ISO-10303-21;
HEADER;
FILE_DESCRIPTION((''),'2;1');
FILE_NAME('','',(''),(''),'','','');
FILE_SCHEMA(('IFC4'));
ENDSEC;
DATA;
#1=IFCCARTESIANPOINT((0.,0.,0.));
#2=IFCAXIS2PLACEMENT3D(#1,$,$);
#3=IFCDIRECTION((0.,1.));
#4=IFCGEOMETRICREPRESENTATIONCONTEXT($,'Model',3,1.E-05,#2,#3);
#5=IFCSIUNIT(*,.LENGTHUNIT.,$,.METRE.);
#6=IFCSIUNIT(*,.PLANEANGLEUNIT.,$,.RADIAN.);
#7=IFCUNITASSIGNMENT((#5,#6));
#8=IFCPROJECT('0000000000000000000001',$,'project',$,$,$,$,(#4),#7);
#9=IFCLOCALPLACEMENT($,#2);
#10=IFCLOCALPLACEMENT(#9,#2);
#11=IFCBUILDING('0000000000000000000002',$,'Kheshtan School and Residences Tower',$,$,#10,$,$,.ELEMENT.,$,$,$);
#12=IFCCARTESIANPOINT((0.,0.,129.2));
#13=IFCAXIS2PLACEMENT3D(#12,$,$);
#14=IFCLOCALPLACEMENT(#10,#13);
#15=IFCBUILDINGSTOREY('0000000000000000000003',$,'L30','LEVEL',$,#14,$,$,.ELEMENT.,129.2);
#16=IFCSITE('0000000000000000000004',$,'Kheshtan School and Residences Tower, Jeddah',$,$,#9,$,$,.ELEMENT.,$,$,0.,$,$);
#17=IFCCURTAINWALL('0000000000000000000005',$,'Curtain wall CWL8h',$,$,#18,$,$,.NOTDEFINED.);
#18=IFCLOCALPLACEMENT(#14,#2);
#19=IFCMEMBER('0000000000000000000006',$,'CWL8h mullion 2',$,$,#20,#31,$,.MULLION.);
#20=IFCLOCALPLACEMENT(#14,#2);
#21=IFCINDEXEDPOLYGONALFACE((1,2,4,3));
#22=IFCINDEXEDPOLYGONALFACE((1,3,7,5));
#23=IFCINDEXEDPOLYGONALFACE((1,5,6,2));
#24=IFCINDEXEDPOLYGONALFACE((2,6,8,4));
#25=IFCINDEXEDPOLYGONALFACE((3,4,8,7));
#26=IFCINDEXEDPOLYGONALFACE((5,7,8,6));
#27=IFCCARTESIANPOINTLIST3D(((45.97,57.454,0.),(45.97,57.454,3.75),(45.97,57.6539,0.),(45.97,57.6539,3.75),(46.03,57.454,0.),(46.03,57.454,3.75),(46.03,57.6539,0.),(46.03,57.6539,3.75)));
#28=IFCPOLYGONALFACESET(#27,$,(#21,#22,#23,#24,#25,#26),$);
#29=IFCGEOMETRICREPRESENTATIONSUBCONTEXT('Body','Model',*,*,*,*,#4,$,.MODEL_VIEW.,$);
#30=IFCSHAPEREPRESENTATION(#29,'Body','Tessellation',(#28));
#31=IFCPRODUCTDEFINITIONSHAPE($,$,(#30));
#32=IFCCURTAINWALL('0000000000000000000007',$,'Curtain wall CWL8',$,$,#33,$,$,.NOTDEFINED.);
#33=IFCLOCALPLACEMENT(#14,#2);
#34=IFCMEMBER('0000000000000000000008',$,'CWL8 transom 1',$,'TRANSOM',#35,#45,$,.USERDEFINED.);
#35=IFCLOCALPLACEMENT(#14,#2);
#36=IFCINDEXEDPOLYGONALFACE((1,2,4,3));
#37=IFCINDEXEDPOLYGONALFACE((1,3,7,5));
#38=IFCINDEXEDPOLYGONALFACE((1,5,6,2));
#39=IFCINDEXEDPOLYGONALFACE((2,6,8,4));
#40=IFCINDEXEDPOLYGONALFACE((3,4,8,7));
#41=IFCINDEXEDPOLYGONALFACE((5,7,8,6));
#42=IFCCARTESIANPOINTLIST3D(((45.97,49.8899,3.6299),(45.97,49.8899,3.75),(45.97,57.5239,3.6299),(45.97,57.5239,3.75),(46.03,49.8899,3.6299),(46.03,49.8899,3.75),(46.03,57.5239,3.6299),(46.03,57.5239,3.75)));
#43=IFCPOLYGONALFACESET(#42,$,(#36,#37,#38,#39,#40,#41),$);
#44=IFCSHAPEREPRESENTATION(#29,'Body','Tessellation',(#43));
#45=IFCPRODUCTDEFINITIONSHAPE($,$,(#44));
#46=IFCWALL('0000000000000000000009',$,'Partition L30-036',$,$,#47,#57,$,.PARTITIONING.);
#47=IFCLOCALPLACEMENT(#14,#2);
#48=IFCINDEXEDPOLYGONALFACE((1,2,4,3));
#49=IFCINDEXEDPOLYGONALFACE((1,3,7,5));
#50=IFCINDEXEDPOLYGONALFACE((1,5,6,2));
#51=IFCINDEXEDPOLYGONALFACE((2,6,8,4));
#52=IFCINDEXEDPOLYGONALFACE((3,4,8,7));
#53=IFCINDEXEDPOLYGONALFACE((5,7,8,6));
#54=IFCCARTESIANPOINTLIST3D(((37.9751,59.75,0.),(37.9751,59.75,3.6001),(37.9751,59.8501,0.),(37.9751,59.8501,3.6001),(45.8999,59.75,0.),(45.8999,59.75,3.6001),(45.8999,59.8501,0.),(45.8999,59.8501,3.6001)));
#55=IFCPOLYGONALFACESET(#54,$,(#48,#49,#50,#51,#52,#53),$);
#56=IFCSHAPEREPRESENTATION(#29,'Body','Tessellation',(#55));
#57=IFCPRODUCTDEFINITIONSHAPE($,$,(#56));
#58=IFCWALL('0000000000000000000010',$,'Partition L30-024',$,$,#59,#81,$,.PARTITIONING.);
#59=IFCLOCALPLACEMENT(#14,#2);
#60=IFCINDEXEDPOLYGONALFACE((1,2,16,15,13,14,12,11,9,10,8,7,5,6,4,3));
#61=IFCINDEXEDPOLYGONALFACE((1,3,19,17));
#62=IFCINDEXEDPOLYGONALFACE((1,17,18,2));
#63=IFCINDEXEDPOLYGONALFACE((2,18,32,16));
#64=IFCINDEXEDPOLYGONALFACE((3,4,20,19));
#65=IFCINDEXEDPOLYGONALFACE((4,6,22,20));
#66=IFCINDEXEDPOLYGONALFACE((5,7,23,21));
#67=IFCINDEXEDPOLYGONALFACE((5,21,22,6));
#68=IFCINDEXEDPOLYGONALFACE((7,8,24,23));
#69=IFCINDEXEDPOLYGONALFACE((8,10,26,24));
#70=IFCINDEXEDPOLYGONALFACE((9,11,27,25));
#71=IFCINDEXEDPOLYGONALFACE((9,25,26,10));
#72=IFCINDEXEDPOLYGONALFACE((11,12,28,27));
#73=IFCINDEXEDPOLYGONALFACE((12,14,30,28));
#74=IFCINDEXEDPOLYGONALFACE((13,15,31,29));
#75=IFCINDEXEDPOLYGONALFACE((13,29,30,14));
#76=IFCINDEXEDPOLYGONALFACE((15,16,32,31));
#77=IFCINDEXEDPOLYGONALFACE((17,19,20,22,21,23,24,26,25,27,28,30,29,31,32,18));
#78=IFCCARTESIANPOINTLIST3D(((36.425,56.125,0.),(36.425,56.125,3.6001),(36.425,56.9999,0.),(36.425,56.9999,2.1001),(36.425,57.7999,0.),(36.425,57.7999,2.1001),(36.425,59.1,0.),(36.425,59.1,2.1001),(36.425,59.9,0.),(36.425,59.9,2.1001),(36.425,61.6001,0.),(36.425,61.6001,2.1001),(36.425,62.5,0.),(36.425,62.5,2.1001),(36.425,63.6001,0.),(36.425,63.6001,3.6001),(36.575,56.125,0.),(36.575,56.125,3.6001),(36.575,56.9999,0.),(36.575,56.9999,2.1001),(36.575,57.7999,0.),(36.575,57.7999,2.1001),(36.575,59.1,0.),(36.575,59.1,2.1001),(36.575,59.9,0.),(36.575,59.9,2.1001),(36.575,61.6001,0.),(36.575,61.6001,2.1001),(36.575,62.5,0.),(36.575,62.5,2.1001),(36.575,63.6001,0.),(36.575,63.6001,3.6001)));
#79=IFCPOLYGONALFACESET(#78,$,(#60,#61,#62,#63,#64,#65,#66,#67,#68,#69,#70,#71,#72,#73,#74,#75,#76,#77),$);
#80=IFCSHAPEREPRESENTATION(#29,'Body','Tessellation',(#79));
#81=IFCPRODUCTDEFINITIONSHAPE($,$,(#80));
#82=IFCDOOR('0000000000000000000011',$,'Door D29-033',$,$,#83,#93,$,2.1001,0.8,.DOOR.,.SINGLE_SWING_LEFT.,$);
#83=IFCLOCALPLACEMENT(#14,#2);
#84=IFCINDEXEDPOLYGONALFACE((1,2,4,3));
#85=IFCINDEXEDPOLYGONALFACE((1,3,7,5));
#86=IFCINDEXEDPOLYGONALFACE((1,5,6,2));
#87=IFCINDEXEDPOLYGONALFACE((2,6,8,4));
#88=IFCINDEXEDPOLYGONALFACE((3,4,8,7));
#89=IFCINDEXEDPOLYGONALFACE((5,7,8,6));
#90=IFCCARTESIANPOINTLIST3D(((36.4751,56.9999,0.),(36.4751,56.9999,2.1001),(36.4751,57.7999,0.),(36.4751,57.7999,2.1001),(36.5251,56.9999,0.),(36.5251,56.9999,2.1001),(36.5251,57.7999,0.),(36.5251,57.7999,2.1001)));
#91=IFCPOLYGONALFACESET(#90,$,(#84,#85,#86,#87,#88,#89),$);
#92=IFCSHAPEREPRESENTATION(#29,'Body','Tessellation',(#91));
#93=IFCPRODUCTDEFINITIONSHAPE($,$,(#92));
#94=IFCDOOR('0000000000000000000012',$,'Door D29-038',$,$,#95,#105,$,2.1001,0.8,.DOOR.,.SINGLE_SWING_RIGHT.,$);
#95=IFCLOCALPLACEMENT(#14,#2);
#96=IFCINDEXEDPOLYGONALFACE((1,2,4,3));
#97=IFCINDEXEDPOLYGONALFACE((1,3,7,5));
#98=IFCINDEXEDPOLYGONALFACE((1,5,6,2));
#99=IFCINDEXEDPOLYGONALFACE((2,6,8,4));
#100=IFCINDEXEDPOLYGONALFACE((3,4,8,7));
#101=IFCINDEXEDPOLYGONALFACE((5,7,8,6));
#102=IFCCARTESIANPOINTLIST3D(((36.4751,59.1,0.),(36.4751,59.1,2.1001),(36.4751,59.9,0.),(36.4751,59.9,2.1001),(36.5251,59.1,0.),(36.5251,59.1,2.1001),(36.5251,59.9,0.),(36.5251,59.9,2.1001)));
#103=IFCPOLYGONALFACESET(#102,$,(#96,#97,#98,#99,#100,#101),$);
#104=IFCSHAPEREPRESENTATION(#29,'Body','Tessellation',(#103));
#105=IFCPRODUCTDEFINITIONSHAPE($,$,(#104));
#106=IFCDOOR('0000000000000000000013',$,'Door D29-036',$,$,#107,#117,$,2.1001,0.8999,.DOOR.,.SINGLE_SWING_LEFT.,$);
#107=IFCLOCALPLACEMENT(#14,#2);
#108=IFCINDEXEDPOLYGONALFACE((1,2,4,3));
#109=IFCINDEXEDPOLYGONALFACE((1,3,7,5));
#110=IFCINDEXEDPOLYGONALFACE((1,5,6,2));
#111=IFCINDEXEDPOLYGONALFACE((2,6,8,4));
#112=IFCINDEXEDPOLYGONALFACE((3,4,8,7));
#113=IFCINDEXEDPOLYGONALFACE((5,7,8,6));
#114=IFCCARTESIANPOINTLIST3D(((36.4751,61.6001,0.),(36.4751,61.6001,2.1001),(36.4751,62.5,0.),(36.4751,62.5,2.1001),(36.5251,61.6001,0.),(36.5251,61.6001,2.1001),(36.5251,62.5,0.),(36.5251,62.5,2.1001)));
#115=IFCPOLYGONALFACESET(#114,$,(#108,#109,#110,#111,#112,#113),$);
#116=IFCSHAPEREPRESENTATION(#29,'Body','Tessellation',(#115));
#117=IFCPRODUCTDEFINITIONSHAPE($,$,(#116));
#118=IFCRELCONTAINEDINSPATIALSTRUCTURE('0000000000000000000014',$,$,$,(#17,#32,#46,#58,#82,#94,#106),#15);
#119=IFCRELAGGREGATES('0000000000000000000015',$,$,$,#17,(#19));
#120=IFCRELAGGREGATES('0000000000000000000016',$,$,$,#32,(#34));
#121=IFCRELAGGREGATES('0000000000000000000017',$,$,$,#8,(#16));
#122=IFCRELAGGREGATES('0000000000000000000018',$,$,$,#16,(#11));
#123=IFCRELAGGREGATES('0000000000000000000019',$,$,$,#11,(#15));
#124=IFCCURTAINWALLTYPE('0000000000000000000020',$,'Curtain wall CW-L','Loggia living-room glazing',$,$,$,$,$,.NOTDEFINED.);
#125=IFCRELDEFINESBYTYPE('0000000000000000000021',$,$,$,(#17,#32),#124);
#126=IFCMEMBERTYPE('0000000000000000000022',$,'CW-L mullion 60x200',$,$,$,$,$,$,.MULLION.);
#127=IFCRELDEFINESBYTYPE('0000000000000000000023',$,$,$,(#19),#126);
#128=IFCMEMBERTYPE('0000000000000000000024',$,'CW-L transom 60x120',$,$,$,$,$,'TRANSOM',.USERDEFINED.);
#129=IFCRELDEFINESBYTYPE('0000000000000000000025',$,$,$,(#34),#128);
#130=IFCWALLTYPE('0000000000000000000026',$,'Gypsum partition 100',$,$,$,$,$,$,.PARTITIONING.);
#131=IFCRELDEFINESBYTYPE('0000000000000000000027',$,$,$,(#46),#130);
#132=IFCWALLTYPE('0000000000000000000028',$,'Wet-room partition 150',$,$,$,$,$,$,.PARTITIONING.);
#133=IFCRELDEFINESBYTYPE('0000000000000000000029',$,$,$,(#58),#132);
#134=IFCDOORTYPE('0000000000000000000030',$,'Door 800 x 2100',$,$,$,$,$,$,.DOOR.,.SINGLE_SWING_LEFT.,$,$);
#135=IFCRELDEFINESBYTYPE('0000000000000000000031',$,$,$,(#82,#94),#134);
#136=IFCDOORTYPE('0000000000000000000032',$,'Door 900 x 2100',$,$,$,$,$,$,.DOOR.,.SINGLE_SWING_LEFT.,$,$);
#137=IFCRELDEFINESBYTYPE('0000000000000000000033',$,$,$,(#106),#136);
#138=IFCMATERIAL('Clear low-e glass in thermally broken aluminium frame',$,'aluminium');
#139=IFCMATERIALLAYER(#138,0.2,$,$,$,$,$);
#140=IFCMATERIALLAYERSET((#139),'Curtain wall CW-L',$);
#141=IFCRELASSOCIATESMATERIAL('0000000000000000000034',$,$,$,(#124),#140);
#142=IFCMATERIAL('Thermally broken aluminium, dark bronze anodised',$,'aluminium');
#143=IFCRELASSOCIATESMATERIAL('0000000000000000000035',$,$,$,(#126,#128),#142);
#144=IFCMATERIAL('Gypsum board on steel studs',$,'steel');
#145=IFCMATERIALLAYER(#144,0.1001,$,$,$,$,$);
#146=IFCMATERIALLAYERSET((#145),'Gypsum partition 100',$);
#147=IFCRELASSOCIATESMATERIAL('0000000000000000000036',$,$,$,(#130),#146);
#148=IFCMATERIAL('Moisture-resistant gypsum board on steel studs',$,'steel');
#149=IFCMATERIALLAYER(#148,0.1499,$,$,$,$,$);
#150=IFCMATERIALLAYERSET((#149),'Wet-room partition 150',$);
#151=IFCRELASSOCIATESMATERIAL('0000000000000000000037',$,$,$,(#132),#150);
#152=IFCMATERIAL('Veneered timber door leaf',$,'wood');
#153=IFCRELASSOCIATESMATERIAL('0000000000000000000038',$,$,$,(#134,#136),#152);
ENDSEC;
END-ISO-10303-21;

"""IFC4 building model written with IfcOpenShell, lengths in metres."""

from ifc_helpers import new_model, si_unit, direction, frame, frame_2d, origin, origin_2d, place, context, subcontext, project, spatial, rectangle, extrude, source, transform, mapped, material, layer, layer_set, material_profile, profile_set, type_object, element, fill, aggregate, save


model = new_model("IFC4")

# Units and contexts
model_context = context("Model", 3, precision=1e-05, world=origin(), true_north=direction((0.0, 1.0)))
body_context = subcontext(model_context, "Body", "Model", "MODEL_VIEW")
ifc_project = project(units=[si_unit("LENGTHUNIT", "METRE"), si_unit("PLANEANGLEUNIT", "RADIAN")], contexts=[model_context])

# Site, building, storey
site_placement = place(None, origin())
site = spatial("IfcSite", under=ifc_project, at=site_placement, Name="Kheshtan School and Residences Tower, Jeddah", CompositionType="ELEMENT", RefElevation=0.0)
building_placement = place(site_placement, origin())
building = spatial("IfcBuilding", under=site, at=building_placement, Name="Kheshtan School and Residences Tower", CompositionType="ELEMENT")
storey_placement = place(building_placement, frame((0.0, 0.0, 129.2)))
storey = spatial("IfcBuildingStorey", under=building, at=storey_placement, Name="L30", Description="LEVEL", CompositionType="ELEMENT", Elevation=129.2)

# Curtain walls, members
ifc_material_1 = material(Name="Clear low-e glass in thermally broken aluminium frame", Category="aluminium")
ifc_layer_1 = layer(ifc_material_1, 0.2)
ifc_layer_set_1 = layer_set([ifc_layer_1], Name="Curtain wall CW-L")
curtain_wall_type = type_object("IfcCurtainWallType", Name="Curtain wall CW-L", Description="Loggia living-room glazing", PredefinedType="NOTDEFINED", material=ifc_layer_set_1)
curtain_wall_1_placement = place(storey_placement, origin())
curtain_wall_1 = element("IfcCurtainWall", 1, at=curtain_wall_1_placement, inside=storey, type_object=curtain_wall_type, Name="Curtain wall CWL8h", PredefinedType="NOTDEFINED")
ifc_material_2 = material(Name="Thermally broken aluminium, dark bronze anodised", Category="aluminium")
ifc_material_profile_1 = material_profile(ifc_material_2, rectangle(XDim=0.0601, YDim=0.2, at=origin_2d()), Name="CW-L mullion 60x200")
ifc_profile_set_1 = profile_set([ifc_material_profile_1], Name="Thermally broken aluminium, dark bronze anodised")
member_type_1 = type_object("IfcMemberType", Name="CW-L mullion 60x200", PredefinedType="MULLION", material=ifc_profile_set_1)
member_1_placement = place(storey_placement, frame((46.0, 57.554, 0.0), z_axis=(0.0, 0.0, 1.0), x_axis=(1.0, 0.0, 0.0)))
member_1 = element("IfcMember", 2, at=member_1_placement, type_object=member_type_1, Name="CWL8h mullion 2", PredefinedType="MULLION", context=body_context, shape_type="SweptSolid", body=[
    extrude(rectangle(XDim=0.0601, YDim=0.2, at=origin_2d()), origin(), (0.0, 0.0, 1.0), 3.75),
])
aggregate(curtain_wall_1, [member_1])
curtain_wall_2_placement = place(storey_placement, origin())
curtain_wall_2 = element("IfcCurtainWall", 3, at=curtain_wall_2_placement, inside=storey, type_object=curtain_wall_type, Name="Curtain wall CWL8", PredefinedType="NOTDEFINED")
ifc_material_profile_2 = material_profile(ifc_material_2, rectangle(XDim=0.0601, YDim=0.1201, at=origin_2d()), Name="CW-L transom 60x120")
ifc_profile_set_2 = profile_set([ifc_material_profile_2], Name="Thermally broken aluminium, dark bronze anodised")
member_type_2 = type_object("IfcMemberType", Name="CW-L transom 60x120", ElementType="TRANSOM", PredefinedType="USERDEFINED", material=ifc_profile_set_2)
member_2_placement = place(storey_placement, frame((46.0, 57.5239, 3.6899), z_axis=(0.0, -1.0, 0.0), x_axis=(1.0, 0.0, 0.0)))
member_2 = element("IfcMember", 4, at=member_2_placement, type_object=member_type_2, Name="CWL8 transom 1", ObjectType="TRANSOM", PredefinedType="USERDEFINED", context=body_context, shape_type="SweptSolid", body=[
    extrude(rectangle(XDim=0.0601, YDim=0.1201, at=origin_2d()), origin(), (0.0, 0.0, 1.0), 7.634),
])
aggregate(curtain_wall_2, [member_2])

# Wall
ifc_material_3 = material(Name="Gypsum board on steel studs", Category="steel")
ifc_layer_2 = layer(ifc_material_3, 0.1001)
ifc_layer_set_2 = layer_set([ifc_layer_2], Name="Gypsum partition 100")
wall_type_1 = type_object("IfcWallType", Name="Gypsum partition 100", PredefinedType="PARTITIONING", material=ifc_layer_set_2)
wall_1_placement = place(storey_placement, frame((37.9751, 59.8, 0.0), z_axis=(0.0, 0.0, 1.0), x_axis=(1.0, 0.0, 0.0)))
element("IfcWall", 5, at=wall_1_placement, inside=storey, type_object=wall_type_1, Name="Partition L30-036", PredefinedType="PARTITIONING", context=body_context, shape_type="SweptSolid", body=[
    extrude(rectangle(XDim=7.9248, YDim=0.1001, at=frame_2d((3.9624, 0.0))), origin(), (0.0, 0.0, 1.0), 3.6001),
])

# Wall, openings, doors
ifc_material_4 = material(Name="Moisture-resistant gypsum board on steel studs", Category="steel")
ifc_layer_3 = layer(ifc_material_4, 0.1499)
ifc_layer_set_3 = layer_set([ifc_layer_3], Name="Wet-room partition 150")
wall_type_2 = type_object("IfcWallType", Name="Wet-room partition 150", PredefinedType="PARTITIONING", material=ifc_layer_set_3)
wall_2_placement = place(storey_placement, frame((36.5, 56.125, 0.0), z_axis=(0.0, 0.0, 1.0), x_axis=(0.0, 1.0, 0.0)))
wall_2 = element("IfcWall", 6, at=wall_2_placement, inside=storey, type_object=wall_type_2, Name="Partition L30-024", PredefinedType="PARTITIONING", context=body_context, shape_type="SweptSolid", body=[
    extrude(rectangle(XDim=7.4751, YDim=0.1499, at=frame_2d((3.7375, 0.0))), origin(), (0.0, 0.0, 1.0), 3.6001),
])
opening_1_placement = place(wall_2_placement, frame((0.875, 0.0, 0.0)))
opening_1 = element("IfcOpeningElement", 7, at=opening_1_placement, cuts=wall_2, PredefinedType="OPENING", context=body_context, shape_type="SweptSolid", body=[
    extrude(rectangle(XDim=0.8, YDim=2.1001, at=frame_2d((0.3999, 1.05))), frame((0.0, 0.085, 0.0), z_axis=(0.0, -1.0, 0.0), x_axis=(1.0, 0.0, 0.0)), (0.0, 0.0, 1.0), 0.1699),
])
opening_2_placement = place(wall_2_placement, frame((5.4751, 0.0, 0.0)))
opening_2 = element("IfcOpeningElement", 8, at=opening_2_placement, cuts=wall_2, PredefinedType="OPENING", context=body_context, shape_type="SweptSolid", body=[
    extrude(rectangle(XDim=0.8999, YDim=2.1001, at=frame_2d((0.45, 1.05))), frame((0.0, 0.085, 0.0), z_axis=(0.0, -1.0, 0.0), x_axis=(1.0, 0.0, 0.0)), (0.0, 0.0, 1.0), 0.1699),
])
opening_3_placement = place(wall_2_placement, frame((2.9751, 0.0, 0.0)))
opening_3 = element("IfcOpeningElement", 9, at=opening_3_placement, cuts=wall_2, PredefinedType="OPENING", context=body_context, shape_type="SweptSolid", body=[
    extrude(rectangle(XDim=0.8, YDim=2.1001, at=frame_2d((0.3999, 1.05))), frame((0.0, 0.085, 0.0), z_axis=(0.0, -1.0, 0.0), x_axis=(1.0, 0.0, 0.0)), (0.0, 0.0, 1.0), 0.1699),
])
ifc_material_5 = material(Name="Veneered timber door leaf", Category="wood")
door_type_1 = type_object("IfcDoorType", Name="Door 800 x 2100", OperationType="SINGLE_SWING_LEFT", PredefinedType="DOOR", material=ifc_material_5)
shared_shape_1 = source(origin(), body_context, "Body", "SweptSolid", [
    extrude(rectangle(XDim=0.8, YDim=2.1001, at=frame_2d((0.3999, 1.05))), frame((0.0, 0.0249, 0.0), z_axis=(0.0, -1.0, 0.0), x_axis=(1.0, 0.0, 0.0)), (0.0, 0.0, 1.0), 0.05),
])
door_1_placement = place(opening_1_placement, origin())
door_1 = element("IfcDoor", 10, at=door_1_placement, inside=storey, type_object=door_type_1, Name="Door D29-033", OperationType="SINGLE_SWING_LEFT", OverallHeight=2.1001, OverallWidth=0.8, PredefinedType="DOOR", context=body_context, shape_type="MappedRepresentation", body=[
    mapped(shared_shape_1, transform((0.0, 0.0, 0.0), x_axis=(1.0, 0.0, 0.0), y_axis=(0.0, 1.0, 0.0), z_axis=(0.0, 0.0, 1.0), scale=1.0)),
])
fill(opening_1, door_1)
door_2_placement = place(opening_3_placement, origin())
door_2 = element("IfcDoor", 11, at=door_2_placement, inside=storey, type_object=door_type_1, Name="Door D29-038", OperationType="SINGLE_SWING_RIGHT", OverallHeight=2.1001, OverallWidth=0.8, PredefinedType="DOOR", context=body_context, shape_type="MappedRepresentation", body=[
    mapped(shared_shape_1, transform((0.0, 0.0, 0.0), x_axis=(1.0, 0.0, 0.0), y_axis=(0.0, 1.0, 0.0), z_axis=(0.0, 0.0, 1.0), scale=1.0)),
])
fill(opening_3, door_2)
door_type_2 = type_object("IfcDoorType", Name="Door 900 x 2100", OperationType="SINGLE_SWING_LEFT", PredefinedType="DOOR", material=ifc_material_5)
shared_shape_2 = source(origin(), body_context, "Body", "SweptSolid", [
    extrude(rectangle(XDim=0.8999, YDim=2.1001, at=frame_2d((0.45, 1.05))), frame((0.0, 0.0249, 0.0), z_axis=(0.0, -1.0, 0.0), x_axis=(1.0, 0.0, 0.0)), (0.0, 0.0, 1.0), 0.05),
])
door_3_placement = place(opening_2_placement, origin())
door_3 = element("IfcDoor", 12, at=door_3_placement, inside=storey, type_object=door_type_2, Name="Door D29-036", OperationType="SINGLE_SWING_LEFT", OverallHeight=2.1001, OverallWidth=0.8999, PredefinedType="DOOR", context=body_context, shape_type="MappedRepresentation", body=[
    mapped(shared_shape_2, transform((0.0, 0.0, 0.0), x_axis=(1.0, 0.0, 0.0), y_axis=(0.0, 1.0, 0.0), z_axis=(0.0, 0.0, 1.0), scale=1.0)),
])
fill(opening_2, door_3)

save(model, "model.ifc")
